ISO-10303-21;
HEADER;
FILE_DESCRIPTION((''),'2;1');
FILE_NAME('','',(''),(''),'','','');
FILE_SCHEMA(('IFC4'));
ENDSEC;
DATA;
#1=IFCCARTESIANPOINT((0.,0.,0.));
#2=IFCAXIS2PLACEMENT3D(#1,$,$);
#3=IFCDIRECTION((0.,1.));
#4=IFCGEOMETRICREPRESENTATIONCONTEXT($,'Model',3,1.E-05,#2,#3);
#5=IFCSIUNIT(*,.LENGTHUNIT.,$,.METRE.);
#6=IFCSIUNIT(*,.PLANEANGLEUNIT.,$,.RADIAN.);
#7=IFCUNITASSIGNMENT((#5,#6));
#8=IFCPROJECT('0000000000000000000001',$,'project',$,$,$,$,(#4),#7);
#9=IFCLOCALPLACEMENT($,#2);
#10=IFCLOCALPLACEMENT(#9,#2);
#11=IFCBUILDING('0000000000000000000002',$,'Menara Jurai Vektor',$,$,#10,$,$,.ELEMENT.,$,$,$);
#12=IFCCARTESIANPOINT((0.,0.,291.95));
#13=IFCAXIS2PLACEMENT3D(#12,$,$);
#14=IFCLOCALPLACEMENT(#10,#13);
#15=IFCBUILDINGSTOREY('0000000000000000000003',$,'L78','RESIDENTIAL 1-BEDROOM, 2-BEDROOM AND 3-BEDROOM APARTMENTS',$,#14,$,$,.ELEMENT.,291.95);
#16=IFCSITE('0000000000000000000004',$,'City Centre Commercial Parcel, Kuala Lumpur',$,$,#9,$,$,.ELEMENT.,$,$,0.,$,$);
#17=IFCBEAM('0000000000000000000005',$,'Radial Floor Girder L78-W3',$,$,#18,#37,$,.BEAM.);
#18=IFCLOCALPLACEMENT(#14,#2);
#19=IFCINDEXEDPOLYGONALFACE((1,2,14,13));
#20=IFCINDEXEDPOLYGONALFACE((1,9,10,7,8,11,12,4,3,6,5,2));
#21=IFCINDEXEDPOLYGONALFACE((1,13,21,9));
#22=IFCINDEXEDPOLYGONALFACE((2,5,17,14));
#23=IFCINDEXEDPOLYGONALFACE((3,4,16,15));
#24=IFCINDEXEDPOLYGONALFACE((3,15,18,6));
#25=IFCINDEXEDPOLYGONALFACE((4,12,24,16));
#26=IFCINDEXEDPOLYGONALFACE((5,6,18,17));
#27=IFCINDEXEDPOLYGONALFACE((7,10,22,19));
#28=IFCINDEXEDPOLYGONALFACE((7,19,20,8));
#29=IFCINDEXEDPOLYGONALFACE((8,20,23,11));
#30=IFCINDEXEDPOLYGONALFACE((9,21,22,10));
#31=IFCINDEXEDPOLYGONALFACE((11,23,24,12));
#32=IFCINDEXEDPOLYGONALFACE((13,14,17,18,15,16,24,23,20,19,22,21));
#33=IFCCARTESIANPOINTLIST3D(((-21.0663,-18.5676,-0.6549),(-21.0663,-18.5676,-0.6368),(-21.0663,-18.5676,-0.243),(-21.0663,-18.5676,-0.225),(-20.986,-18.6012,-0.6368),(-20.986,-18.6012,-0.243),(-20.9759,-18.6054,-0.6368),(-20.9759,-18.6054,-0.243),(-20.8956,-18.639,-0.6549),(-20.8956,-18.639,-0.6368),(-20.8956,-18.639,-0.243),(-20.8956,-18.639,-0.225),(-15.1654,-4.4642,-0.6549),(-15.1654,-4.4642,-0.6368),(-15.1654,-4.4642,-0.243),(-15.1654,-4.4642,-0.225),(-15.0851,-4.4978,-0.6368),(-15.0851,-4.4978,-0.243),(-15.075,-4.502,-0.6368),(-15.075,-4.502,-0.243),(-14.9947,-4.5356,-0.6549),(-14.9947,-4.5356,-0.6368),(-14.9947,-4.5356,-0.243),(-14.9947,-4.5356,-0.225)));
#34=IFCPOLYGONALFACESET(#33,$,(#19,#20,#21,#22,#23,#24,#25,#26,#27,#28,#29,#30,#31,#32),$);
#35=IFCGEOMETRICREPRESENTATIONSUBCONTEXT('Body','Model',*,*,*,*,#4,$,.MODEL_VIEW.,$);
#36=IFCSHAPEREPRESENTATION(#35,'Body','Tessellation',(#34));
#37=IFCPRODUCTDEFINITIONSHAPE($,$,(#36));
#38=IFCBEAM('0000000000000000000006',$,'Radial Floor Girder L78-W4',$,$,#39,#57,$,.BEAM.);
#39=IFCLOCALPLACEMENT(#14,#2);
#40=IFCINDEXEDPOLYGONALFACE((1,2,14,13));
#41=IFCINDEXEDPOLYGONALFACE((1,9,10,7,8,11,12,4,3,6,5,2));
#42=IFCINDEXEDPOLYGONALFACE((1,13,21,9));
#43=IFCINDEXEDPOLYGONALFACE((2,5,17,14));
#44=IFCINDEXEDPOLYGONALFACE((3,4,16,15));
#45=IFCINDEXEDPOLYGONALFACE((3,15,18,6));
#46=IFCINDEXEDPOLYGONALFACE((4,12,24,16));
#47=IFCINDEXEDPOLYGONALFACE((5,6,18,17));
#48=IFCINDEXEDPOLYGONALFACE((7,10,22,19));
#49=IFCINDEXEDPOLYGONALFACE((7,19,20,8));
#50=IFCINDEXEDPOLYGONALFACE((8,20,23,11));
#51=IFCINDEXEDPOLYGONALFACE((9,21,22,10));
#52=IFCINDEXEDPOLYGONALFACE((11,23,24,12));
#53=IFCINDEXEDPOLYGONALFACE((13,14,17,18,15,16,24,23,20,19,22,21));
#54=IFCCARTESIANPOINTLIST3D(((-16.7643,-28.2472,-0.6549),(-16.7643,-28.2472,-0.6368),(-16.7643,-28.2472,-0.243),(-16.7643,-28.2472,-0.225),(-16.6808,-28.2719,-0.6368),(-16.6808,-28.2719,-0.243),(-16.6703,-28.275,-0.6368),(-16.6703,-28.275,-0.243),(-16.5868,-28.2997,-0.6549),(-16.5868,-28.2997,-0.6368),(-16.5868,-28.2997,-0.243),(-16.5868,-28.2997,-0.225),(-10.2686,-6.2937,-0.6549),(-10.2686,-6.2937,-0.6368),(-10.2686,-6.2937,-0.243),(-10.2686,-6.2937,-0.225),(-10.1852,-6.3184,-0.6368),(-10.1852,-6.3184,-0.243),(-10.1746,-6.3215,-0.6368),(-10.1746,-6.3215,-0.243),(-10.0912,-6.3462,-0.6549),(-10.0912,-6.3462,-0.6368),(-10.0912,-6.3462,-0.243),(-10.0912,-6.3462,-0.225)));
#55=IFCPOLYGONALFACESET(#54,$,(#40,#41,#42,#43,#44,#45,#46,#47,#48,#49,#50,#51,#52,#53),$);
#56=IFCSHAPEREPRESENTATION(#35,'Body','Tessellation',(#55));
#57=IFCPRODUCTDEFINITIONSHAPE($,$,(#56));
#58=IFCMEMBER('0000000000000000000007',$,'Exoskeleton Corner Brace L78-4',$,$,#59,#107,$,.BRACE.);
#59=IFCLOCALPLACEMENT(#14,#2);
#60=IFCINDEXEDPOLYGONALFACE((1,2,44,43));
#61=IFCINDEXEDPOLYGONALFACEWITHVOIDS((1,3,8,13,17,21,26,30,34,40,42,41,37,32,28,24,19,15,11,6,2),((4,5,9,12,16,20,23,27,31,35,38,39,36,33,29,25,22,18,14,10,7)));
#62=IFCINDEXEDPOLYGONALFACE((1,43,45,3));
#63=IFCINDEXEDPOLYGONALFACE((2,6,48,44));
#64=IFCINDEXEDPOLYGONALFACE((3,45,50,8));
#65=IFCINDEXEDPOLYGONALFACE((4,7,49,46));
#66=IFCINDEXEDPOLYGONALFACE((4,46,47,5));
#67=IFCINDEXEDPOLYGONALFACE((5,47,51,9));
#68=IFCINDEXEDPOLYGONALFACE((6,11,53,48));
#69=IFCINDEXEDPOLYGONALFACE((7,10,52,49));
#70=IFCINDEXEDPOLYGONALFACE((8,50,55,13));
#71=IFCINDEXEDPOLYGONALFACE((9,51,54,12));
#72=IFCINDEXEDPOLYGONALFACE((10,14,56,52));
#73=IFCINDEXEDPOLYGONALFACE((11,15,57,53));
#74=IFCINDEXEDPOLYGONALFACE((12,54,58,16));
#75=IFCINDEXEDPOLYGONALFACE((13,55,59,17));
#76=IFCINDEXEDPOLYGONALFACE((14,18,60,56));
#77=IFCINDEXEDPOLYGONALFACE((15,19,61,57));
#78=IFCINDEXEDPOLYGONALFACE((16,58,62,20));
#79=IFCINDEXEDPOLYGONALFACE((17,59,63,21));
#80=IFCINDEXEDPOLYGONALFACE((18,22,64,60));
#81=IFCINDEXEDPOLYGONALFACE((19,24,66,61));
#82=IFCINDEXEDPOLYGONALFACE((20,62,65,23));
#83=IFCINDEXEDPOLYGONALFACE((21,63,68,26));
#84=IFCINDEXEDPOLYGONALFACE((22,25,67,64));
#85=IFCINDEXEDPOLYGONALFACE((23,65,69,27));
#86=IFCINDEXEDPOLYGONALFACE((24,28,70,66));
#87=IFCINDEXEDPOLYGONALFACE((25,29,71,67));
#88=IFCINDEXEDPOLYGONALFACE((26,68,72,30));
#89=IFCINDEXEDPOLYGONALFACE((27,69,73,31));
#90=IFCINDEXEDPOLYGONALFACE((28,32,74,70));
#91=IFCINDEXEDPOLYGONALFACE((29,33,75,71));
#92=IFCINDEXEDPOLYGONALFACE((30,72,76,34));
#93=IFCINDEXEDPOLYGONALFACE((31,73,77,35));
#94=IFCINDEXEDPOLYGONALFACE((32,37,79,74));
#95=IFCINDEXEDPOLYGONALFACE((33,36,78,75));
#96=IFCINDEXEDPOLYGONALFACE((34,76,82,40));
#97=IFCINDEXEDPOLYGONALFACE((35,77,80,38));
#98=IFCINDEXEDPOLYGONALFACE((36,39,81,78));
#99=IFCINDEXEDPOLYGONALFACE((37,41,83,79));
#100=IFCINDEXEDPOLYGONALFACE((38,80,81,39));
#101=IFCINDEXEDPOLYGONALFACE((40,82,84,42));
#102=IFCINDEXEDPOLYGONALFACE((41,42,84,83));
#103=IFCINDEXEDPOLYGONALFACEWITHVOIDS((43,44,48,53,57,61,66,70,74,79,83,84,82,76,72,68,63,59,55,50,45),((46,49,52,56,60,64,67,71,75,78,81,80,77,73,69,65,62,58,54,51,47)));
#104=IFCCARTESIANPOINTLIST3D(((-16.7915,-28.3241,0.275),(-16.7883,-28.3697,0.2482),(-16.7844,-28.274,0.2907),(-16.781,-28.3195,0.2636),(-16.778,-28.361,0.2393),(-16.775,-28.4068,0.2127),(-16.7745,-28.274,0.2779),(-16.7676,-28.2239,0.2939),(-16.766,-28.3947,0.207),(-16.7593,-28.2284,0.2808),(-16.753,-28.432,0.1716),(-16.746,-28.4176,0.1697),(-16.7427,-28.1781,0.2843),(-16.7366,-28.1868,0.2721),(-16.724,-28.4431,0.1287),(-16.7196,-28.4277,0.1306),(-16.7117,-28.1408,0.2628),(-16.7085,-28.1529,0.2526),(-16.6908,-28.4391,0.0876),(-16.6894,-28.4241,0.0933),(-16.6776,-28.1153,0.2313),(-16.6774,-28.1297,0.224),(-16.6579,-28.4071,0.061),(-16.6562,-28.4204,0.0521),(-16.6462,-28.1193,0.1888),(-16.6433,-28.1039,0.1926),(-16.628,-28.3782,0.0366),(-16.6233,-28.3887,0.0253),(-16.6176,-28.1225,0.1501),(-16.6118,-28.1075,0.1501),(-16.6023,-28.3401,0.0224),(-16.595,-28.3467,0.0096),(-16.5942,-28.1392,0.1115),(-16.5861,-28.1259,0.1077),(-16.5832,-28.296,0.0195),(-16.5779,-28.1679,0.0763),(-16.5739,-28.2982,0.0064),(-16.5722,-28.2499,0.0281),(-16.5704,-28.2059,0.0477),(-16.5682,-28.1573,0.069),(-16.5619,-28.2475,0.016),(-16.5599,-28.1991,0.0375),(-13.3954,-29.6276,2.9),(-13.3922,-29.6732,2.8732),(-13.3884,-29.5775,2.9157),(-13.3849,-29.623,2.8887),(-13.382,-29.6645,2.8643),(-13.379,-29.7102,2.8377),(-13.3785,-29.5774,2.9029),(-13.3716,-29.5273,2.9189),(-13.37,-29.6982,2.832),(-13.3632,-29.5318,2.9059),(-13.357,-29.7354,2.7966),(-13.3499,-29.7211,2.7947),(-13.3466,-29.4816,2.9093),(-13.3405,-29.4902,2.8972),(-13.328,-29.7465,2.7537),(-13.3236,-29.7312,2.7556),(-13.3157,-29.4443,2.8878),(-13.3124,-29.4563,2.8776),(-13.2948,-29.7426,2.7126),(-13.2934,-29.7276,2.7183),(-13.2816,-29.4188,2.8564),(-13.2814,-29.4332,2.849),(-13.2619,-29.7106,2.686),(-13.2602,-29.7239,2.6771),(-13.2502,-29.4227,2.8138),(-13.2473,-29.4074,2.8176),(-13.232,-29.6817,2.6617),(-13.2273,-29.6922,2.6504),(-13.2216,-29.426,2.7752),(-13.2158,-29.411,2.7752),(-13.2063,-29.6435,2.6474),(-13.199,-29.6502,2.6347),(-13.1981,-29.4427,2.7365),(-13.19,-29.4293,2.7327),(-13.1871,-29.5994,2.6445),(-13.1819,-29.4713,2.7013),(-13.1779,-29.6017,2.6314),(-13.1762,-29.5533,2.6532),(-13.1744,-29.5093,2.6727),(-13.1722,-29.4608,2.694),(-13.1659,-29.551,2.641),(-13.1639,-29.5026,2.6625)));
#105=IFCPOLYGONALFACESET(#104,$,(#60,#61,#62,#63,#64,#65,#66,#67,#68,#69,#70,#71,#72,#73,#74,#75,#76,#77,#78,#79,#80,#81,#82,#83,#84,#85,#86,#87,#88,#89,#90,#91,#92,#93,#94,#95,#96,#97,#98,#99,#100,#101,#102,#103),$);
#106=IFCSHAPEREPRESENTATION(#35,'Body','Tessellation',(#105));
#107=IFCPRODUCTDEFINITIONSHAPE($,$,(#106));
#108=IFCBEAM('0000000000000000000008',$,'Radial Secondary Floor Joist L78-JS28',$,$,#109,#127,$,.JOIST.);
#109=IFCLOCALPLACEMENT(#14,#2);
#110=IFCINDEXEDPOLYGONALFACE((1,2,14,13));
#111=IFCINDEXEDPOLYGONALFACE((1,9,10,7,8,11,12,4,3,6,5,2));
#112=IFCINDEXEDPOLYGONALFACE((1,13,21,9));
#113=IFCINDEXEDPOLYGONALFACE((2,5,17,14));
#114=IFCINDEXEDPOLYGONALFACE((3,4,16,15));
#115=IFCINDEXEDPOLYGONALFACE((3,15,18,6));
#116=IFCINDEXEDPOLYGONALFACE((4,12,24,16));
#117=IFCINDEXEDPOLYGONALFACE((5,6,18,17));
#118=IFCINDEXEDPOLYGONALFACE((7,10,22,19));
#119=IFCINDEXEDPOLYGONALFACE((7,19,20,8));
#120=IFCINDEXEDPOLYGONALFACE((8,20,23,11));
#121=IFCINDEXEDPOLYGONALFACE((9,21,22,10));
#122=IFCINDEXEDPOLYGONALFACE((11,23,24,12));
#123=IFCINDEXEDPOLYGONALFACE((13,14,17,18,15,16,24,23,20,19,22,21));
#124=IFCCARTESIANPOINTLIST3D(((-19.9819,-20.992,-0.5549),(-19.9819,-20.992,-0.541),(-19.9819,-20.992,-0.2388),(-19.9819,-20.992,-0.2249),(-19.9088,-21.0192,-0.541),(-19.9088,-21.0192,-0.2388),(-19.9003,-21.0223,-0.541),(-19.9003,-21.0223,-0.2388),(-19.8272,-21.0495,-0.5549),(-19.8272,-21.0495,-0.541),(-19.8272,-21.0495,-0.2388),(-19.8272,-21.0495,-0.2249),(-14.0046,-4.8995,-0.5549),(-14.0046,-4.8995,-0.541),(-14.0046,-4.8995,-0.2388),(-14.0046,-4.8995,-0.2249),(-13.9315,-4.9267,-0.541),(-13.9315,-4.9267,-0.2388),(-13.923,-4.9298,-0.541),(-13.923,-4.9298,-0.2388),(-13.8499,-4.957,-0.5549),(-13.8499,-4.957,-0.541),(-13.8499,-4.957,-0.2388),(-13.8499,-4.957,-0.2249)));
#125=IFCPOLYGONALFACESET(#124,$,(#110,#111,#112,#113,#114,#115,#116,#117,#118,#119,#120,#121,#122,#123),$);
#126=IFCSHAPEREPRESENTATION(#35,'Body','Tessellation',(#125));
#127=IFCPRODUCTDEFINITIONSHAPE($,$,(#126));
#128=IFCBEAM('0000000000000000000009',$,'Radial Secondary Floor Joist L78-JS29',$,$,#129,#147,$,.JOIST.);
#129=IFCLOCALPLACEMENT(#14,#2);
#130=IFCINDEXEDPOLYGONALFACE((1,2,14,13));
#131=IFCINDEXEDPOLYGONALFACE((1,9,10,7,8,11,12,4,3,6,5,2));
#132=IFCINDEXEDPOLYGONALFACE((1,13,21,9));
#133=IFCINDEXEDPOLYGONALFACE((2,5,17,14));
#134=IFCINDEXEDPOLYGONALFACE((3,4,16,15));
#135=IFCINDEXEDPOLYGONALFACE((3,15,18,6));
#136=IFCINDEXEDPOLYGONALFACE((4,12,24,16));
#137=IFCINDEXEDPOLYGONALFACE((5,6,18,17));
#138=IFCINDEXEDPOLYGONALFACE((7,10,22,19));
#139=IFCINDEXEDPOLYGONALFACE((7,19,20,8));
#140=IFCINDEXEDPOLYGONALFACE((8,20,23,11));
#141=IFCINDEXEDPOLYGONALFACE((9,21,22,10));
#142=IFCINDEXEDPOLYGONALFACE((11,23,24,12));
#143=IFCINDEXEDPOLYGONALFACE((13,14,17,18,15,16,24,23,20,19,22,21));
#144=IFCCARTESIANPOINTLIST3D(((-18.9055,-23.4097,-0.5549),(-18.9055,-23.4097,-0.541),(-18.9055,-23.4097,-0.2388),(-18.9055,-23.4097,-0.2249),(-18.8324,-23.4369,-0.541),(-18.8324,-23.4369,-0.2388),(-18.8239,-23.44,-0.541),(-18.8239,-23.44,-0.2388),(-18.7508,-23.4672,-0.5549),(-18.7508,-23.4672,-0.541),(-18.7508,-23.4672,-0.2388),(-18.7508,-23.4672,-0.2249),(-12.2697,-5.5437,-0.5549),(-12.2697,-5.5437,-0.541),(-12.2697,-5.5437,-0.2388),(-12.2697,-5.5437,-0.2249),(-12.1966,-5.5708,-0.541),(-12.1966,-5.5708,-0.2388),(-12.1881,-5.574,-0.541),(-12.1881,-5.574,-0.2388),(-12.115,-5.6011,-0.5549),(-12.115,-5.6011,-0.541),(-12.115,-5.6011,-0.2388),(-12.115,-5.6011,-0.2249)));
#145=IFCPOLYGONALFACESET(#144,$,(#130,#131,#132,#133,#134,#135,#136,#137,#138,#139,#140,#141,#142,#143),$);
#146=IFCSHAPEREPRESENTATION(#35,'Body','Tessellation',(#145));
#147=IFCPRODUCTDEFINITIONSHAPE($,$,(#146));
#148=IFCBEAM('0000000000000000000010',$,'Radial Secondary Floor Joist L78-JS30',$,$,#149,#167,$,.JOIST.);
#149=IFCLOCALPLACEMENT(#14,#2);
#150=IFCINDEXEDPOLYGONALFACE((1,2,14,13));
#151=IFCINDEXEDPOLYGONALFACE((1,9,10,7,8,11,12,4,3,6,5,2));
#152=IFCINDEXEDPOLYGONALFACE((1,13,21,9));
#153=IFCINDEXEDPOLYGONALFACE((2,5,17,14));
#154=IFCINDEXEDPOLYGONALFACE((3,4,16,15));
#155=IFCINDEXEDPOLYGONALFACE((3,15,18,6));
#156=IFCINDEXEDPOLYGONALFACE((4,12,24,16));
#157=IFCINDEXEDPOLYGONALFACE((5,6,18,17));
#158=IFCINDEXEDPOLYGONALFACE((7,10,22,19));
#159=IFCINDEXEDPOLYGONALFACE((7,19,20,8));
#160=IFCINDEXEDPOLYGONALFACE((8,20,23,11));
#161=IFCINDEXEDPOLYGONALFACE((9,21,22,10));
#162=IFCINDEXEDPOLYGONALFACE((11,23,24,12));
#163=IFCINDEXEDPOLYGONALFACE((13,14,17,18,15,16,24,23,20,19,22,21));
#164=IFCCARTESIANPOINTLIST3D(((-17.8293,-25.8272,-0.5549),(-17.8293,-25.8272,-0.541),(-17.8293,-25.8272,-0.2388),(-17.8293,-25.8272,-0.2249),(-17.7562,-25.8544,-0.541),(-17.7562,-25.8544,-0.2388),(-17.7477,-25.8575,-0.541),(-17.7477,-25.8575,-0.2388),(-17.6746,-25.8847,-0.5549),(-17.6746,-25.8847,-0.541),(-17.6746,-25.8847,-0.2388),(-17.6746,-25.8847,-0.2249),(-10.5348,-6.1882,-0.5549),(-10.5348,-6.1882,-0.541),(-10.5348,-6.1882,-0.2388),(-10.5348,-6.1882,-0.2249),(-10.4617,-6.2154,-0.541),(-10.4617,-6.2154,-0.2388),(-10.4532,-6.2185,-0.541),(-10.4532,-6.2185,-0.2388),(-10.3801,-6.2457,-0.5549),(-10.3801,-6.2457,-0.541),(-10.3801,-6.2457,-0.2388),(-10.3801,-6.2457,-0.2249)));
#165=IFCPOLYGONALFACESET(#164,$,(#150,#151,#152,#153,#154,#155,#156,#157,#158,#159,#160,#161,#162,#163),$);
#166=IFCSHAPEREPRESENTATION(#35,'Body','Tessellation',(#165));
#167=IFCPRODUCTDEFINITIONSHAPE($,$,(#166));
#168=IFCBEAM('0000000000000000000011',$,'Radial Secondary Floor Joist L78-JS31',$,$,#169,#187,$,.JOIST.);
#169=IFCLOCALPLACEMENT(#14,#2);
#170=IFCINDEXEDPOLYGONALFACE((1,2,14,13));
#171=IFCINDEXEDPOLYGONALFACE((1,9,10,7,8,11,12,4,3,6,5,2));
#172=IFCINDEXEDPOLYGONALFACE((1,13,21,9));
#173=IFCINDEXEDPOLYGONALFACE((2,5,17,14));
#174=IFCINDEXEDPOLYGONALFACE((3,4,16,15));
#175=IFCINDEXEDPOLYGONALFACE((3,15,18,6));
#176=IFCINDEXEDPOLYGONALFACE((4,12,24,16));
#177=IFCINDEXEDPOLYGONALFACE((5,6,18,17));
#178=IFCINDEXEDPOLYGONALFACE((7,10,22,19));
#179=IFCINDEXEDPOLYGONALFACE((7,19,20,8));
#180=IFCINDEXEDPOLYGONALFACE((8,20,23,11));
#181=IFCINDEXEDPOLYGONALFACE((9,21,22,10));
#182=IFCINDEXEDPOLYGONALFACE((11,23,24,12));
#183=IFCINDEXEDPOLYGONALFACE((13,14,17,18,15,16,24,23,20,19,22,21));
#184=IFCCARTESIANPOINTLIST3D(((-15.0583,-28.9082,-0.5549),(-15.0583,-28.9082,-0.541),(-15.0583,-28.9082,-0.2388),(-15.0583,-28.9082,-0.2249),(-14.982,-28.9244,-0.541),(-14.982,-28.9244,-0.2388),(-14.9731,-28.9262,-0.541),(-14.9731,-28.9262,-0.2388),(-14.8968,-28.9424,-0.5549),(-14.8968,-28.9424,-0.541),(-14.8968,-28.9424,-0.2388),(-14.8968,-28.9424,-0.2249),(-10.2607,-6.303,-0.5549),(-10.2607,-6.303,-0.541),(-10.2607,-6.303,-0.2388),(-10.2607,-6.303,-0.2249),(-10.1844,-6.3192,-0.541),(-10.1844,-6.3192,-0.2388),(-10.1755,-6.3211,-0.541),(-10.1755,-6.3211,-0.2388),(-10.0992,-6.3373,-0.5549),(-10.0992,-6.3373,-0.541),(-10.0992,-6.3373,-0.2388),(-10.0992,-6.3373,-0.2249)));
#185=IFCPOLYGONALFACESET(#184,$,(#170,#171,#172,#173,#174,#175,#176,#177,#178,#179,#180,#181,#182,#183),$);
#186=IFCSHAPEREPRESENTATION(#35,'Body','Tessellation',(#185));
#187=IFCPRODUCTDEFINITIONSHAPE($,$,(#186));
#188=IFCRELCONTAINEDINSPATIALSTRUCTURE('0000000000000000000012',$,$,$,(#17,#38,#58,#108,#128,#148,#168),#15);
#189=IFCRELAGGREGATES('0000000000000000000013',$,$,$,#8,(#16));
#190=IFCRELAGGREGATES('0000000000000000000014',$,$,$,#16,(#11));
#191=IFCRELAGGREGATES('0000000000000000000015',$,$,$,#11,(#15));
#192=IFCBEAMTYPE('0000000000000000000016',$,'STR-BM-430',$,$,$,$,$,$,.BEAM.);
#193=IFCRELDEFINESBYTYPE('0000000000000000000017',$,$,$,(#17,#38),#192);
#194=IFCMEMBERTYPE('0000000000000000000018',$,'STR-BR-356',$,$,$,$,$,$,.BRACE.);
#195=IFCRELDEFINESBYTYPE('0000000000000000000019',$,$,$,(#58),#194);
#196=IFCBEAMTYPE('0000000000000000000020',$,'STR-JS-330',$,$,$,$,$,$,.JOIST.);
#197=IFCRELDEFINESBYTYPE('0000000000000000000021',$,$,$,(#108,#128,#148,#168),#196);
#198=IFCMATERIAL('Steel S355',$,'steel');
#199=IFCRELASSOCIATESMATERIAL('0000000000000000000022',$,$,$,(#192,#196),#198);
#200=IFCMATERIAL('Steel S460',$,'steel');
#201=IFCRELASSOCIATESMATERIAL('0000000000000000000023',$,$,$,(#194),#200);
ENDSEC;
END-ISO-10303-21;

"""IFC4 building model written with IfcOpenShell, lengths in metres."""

from ifc_helpers import new_model, si_unit, direction, frame, origin, origin_2d, place, context, subcontext, project, spatial, hollow_circle, i_section, extrude, material, material_profile, profile_set, type_object, element, save


model = new_model("IFC4")

# Units and contexts
model_context = context("Model", 3, precision=1e-05, world=origin(), true_north=direction((0.0, 1.0)))
body_context = subcontext(model_context, "Body", "Model", "MODEL_VIEW")
ifc_project = project(units=[si_unit("LENGTHUNIT", "METRE"), si_unit("PLANEANGLEUNIT", "RADIAN")], contexts=[model_context])

# Site, building, storey
site_placement = place(None, origin())
site = spatial("IfcSite", under=ifc_project, at=site_placement, Name="City Centre Commercial Parcel, Kuala Lumpur", CompositionType="ELEMENT", RefElevation=0.0)
building_placement = place(site_placement, origin())
building = spatial("IfcBuilding", under=site, at=building_placement, Name="Menara Jurai Vektor", CompositionType="ELEMENT")
storey_placement = place(building_placement, frame((0.0, 0.0, 291.95)))
storey = spatial("IfcBuildingStorey", under=building, at=storey_placement, Name="L78", Description="RESIDENTIAL 1-BEDROOM, 2-BEDROOM AND 3-BEDROOM APARTMENTS", CompositionType="ELEMENT", Elevation=291.95)

# Shared definitions
ifc_material_1 = material(Name="Steel S460", Category="steel")

# Beams
ifc_material_2 = material(Name="Steel S355", Category="steel")
ifc_material_profile_1 = material_profile(ifc_material_2, i_section(OverallWidth=0.1851, OverallDepth=0.4299, WebThickness=0.011, FlangeThickness=0.0181, at=origin_2d()), Name="PG 430x185x76")
ifc_profile_set_1 = profile_set([ifc_material_profile_1], Name="Steel S355")
beam_type_1 = type_object("IfcBeamType", Name="STR-BM-430", PredefinedType="BEAM", material=ifc_profile_set_1)
beam_1_placement = place(storey_placement, frame((-20.981, -18.6033, -0.4399), z_axis=(0.385981, 0.922507, 0.0), x_axis=(-0.922507, 0.385981, 0.0)))
element("IfcBeam", 1, at=beam_1_placement, inside=storey, type_object=beam_type_1, Name="Radial Floor Girder L78-W3", PredefinedType="BEAM", context=body_context, shape_type="SweptSolid", body=[
    extrude(i_section(OverallWidth=0.1851, OverallDepth=0.4299, WebThickness=0.011, FlangeThickness=0.0181, at=origin_2d()), origin(), (0.0, 0.0, 1.0), 15.2881),
])
beam_2_placement = place(storey_placement, frame((-16.6755, -28.2734, -0.4399), z_axis=(0.283723, 0.958906, 0.0), x_axis=(-0.958906, 0.283723, 0.0)))
element("IfcBeam", 2, at=beam_2_placement, inside=storey, type_object=beam_type_1, Name="Radial Floor Girder L78-W4", PredefinedType="BEAM", context=body_context, shape_type="SweptSolid", body=[
    extrude(i_section(OverallWidth=0.1851, OverallDepth=0.4299, WebThickness=0.011, FlangeThickness=0.0181, at=origin_2d()), origin(), (0.0, 0.0, 1.0), 22.8943),
])

# Member
ifc_material_profile_2 = material_profile(ifc_material_1, hollow_circle(Radius=0.1777, WallThickness=0.0161, at=origin_2d()), Name="CHS 355.6x16")
ifc_profile_set_2 = profile_set([ifc_material_profile_2], Name="Steel S460")
member_type_1 = type_object("IfcMemberType", Name="STR-BR-356", PredefinedType="BRACE", material=ifc_profile_set_2)
member_1_placement = place(storey_placement, frame((-16.6755, -28.2734, 0.1501), z_axis=(0.757054, -0.290576, 0.585179), x_axis=(0.358336, 0.933593, 0.0)))
element("IfcMember", 3, at=member_1_placement, inside=storey, type_object=member_type_1, Name="Exoskeleton Corner Brace L78-4", PredefinedType="BRACE", context=body_context, shape_type="SweptSolid", body=[
    extrude(hollow_circle(Radius=0.1777, WallThickness=0.0161, at=origin_2d()), origin(), (0.0, 0.0, 1.0), 4.4858),
])

# Beams
ifc_material_profile_3 = material_profile(ifc_material_2, i_section(OverallWidth=0.165, OverallDepth=0.3301, WebThickness=0.009, FlangeThickness=0.0139, at=origin_2d()), Name="PG 330x165x46")
ifc_profile_set_3 = profile_set([ifc_material_profile_3], Name="Steel S355")
beam_type_2 = type_object("IfcBeamType", Name="STR-JS-330", PredefinedType="JOIST", material=ifc_profile_set_3)
beam_3_placement = place(storey_placement, frame((-19.9045, -21.0208, -0.3899), z_axis=(0.34819, 0.937424, 0.0), x_axis=(-0.937424, 0.34819, 0.0)))
element("IfcBeam", 4, at=beam_3_placement, inside=storey, type_object=beam_type_2, Name="Radial Secondary Floor Joist L78-JS28", PredefinedType="JOIST", context=body_context, shape_type="SweptSolid", body=[
    extrude(i_section(OverallWidth=0.165, OverallDepth=0.3301, WebThickness=0.009, FlangeThickness=0.0139, at=origin_2d()), origin(), (0.0, 0.0, 1.0), 17.1667),
])
beam_4_placement = place(storey_placement, frame((-18.8281, -23.4385, -0.3899), z_axis=(0.348178, 0.937428, 0.0), x_axis=(-0.937428, 0.348178, 0.0)))
element("IfcBeam", 5, at=beam_4_placement, inside=storey, type_object=beam_type_2, Name="Radial Secondary Floor Joist L78-JS29", PredefinedType="JOIST", context=body_context, shape_type="SweptSolid", body=[
    extrude(i_section(OverallWidth=0.165, OverallDepth=0.3301, WebThickness=0.009, FlangeThickness=0.0139, at=origin_2d()), origin(), (0.0, 0.0, 1.0), 19.0586),
])
beam_5_placement = place(storey_placement, frame((-17.752, -25.856, -0.3899), z_axis=(0.348186, 0.937426, 0.0), x_axis=(-0.937426, 0.348186, 0.0)))
element("IfcBeam", 6, at=beam_5_placement, inside=storey, type_object=beam_type_2, Name="Radial Secondary Floor Joist L78-JS30", PredefinedType="JOIST", context=body_context, shape_type="SweptSolid", body=[
    extrude(i_section(OverallWidth=0.165, OverallDepth=0.3301, WebThickness=0.009, FlangeThickness=0.0139, at=origin_2d()), origin(), (0.0, 0.0, 1.0), 20.95),
])
beam_6_placement = place(storey_placement, frame((-14.9775, -28.9253, -0.3899), z_axis=(0.20761, 0.978212, 0.0), x_axis=(-0.978212, 0.20761, 0.0)))
element("IfcBeam", 7, at=beam_6_placement, inside=storey, type_object=beam_type_2, Name="Radial Secondary Floor Joist L78-JS31", PredefinedType="JOIST", context=body_context, shape_type="SweptSolid", body=[
    extrude(i_section(OverallWidth=0.165, OverallDepth=0.3301, WebThickness=0.009, FlangeThickness=0.0139, at=origin_2d()), origin(), (0.0, 0.0, 1.0), 23.1086),
])

save(model, "model.ifc")
